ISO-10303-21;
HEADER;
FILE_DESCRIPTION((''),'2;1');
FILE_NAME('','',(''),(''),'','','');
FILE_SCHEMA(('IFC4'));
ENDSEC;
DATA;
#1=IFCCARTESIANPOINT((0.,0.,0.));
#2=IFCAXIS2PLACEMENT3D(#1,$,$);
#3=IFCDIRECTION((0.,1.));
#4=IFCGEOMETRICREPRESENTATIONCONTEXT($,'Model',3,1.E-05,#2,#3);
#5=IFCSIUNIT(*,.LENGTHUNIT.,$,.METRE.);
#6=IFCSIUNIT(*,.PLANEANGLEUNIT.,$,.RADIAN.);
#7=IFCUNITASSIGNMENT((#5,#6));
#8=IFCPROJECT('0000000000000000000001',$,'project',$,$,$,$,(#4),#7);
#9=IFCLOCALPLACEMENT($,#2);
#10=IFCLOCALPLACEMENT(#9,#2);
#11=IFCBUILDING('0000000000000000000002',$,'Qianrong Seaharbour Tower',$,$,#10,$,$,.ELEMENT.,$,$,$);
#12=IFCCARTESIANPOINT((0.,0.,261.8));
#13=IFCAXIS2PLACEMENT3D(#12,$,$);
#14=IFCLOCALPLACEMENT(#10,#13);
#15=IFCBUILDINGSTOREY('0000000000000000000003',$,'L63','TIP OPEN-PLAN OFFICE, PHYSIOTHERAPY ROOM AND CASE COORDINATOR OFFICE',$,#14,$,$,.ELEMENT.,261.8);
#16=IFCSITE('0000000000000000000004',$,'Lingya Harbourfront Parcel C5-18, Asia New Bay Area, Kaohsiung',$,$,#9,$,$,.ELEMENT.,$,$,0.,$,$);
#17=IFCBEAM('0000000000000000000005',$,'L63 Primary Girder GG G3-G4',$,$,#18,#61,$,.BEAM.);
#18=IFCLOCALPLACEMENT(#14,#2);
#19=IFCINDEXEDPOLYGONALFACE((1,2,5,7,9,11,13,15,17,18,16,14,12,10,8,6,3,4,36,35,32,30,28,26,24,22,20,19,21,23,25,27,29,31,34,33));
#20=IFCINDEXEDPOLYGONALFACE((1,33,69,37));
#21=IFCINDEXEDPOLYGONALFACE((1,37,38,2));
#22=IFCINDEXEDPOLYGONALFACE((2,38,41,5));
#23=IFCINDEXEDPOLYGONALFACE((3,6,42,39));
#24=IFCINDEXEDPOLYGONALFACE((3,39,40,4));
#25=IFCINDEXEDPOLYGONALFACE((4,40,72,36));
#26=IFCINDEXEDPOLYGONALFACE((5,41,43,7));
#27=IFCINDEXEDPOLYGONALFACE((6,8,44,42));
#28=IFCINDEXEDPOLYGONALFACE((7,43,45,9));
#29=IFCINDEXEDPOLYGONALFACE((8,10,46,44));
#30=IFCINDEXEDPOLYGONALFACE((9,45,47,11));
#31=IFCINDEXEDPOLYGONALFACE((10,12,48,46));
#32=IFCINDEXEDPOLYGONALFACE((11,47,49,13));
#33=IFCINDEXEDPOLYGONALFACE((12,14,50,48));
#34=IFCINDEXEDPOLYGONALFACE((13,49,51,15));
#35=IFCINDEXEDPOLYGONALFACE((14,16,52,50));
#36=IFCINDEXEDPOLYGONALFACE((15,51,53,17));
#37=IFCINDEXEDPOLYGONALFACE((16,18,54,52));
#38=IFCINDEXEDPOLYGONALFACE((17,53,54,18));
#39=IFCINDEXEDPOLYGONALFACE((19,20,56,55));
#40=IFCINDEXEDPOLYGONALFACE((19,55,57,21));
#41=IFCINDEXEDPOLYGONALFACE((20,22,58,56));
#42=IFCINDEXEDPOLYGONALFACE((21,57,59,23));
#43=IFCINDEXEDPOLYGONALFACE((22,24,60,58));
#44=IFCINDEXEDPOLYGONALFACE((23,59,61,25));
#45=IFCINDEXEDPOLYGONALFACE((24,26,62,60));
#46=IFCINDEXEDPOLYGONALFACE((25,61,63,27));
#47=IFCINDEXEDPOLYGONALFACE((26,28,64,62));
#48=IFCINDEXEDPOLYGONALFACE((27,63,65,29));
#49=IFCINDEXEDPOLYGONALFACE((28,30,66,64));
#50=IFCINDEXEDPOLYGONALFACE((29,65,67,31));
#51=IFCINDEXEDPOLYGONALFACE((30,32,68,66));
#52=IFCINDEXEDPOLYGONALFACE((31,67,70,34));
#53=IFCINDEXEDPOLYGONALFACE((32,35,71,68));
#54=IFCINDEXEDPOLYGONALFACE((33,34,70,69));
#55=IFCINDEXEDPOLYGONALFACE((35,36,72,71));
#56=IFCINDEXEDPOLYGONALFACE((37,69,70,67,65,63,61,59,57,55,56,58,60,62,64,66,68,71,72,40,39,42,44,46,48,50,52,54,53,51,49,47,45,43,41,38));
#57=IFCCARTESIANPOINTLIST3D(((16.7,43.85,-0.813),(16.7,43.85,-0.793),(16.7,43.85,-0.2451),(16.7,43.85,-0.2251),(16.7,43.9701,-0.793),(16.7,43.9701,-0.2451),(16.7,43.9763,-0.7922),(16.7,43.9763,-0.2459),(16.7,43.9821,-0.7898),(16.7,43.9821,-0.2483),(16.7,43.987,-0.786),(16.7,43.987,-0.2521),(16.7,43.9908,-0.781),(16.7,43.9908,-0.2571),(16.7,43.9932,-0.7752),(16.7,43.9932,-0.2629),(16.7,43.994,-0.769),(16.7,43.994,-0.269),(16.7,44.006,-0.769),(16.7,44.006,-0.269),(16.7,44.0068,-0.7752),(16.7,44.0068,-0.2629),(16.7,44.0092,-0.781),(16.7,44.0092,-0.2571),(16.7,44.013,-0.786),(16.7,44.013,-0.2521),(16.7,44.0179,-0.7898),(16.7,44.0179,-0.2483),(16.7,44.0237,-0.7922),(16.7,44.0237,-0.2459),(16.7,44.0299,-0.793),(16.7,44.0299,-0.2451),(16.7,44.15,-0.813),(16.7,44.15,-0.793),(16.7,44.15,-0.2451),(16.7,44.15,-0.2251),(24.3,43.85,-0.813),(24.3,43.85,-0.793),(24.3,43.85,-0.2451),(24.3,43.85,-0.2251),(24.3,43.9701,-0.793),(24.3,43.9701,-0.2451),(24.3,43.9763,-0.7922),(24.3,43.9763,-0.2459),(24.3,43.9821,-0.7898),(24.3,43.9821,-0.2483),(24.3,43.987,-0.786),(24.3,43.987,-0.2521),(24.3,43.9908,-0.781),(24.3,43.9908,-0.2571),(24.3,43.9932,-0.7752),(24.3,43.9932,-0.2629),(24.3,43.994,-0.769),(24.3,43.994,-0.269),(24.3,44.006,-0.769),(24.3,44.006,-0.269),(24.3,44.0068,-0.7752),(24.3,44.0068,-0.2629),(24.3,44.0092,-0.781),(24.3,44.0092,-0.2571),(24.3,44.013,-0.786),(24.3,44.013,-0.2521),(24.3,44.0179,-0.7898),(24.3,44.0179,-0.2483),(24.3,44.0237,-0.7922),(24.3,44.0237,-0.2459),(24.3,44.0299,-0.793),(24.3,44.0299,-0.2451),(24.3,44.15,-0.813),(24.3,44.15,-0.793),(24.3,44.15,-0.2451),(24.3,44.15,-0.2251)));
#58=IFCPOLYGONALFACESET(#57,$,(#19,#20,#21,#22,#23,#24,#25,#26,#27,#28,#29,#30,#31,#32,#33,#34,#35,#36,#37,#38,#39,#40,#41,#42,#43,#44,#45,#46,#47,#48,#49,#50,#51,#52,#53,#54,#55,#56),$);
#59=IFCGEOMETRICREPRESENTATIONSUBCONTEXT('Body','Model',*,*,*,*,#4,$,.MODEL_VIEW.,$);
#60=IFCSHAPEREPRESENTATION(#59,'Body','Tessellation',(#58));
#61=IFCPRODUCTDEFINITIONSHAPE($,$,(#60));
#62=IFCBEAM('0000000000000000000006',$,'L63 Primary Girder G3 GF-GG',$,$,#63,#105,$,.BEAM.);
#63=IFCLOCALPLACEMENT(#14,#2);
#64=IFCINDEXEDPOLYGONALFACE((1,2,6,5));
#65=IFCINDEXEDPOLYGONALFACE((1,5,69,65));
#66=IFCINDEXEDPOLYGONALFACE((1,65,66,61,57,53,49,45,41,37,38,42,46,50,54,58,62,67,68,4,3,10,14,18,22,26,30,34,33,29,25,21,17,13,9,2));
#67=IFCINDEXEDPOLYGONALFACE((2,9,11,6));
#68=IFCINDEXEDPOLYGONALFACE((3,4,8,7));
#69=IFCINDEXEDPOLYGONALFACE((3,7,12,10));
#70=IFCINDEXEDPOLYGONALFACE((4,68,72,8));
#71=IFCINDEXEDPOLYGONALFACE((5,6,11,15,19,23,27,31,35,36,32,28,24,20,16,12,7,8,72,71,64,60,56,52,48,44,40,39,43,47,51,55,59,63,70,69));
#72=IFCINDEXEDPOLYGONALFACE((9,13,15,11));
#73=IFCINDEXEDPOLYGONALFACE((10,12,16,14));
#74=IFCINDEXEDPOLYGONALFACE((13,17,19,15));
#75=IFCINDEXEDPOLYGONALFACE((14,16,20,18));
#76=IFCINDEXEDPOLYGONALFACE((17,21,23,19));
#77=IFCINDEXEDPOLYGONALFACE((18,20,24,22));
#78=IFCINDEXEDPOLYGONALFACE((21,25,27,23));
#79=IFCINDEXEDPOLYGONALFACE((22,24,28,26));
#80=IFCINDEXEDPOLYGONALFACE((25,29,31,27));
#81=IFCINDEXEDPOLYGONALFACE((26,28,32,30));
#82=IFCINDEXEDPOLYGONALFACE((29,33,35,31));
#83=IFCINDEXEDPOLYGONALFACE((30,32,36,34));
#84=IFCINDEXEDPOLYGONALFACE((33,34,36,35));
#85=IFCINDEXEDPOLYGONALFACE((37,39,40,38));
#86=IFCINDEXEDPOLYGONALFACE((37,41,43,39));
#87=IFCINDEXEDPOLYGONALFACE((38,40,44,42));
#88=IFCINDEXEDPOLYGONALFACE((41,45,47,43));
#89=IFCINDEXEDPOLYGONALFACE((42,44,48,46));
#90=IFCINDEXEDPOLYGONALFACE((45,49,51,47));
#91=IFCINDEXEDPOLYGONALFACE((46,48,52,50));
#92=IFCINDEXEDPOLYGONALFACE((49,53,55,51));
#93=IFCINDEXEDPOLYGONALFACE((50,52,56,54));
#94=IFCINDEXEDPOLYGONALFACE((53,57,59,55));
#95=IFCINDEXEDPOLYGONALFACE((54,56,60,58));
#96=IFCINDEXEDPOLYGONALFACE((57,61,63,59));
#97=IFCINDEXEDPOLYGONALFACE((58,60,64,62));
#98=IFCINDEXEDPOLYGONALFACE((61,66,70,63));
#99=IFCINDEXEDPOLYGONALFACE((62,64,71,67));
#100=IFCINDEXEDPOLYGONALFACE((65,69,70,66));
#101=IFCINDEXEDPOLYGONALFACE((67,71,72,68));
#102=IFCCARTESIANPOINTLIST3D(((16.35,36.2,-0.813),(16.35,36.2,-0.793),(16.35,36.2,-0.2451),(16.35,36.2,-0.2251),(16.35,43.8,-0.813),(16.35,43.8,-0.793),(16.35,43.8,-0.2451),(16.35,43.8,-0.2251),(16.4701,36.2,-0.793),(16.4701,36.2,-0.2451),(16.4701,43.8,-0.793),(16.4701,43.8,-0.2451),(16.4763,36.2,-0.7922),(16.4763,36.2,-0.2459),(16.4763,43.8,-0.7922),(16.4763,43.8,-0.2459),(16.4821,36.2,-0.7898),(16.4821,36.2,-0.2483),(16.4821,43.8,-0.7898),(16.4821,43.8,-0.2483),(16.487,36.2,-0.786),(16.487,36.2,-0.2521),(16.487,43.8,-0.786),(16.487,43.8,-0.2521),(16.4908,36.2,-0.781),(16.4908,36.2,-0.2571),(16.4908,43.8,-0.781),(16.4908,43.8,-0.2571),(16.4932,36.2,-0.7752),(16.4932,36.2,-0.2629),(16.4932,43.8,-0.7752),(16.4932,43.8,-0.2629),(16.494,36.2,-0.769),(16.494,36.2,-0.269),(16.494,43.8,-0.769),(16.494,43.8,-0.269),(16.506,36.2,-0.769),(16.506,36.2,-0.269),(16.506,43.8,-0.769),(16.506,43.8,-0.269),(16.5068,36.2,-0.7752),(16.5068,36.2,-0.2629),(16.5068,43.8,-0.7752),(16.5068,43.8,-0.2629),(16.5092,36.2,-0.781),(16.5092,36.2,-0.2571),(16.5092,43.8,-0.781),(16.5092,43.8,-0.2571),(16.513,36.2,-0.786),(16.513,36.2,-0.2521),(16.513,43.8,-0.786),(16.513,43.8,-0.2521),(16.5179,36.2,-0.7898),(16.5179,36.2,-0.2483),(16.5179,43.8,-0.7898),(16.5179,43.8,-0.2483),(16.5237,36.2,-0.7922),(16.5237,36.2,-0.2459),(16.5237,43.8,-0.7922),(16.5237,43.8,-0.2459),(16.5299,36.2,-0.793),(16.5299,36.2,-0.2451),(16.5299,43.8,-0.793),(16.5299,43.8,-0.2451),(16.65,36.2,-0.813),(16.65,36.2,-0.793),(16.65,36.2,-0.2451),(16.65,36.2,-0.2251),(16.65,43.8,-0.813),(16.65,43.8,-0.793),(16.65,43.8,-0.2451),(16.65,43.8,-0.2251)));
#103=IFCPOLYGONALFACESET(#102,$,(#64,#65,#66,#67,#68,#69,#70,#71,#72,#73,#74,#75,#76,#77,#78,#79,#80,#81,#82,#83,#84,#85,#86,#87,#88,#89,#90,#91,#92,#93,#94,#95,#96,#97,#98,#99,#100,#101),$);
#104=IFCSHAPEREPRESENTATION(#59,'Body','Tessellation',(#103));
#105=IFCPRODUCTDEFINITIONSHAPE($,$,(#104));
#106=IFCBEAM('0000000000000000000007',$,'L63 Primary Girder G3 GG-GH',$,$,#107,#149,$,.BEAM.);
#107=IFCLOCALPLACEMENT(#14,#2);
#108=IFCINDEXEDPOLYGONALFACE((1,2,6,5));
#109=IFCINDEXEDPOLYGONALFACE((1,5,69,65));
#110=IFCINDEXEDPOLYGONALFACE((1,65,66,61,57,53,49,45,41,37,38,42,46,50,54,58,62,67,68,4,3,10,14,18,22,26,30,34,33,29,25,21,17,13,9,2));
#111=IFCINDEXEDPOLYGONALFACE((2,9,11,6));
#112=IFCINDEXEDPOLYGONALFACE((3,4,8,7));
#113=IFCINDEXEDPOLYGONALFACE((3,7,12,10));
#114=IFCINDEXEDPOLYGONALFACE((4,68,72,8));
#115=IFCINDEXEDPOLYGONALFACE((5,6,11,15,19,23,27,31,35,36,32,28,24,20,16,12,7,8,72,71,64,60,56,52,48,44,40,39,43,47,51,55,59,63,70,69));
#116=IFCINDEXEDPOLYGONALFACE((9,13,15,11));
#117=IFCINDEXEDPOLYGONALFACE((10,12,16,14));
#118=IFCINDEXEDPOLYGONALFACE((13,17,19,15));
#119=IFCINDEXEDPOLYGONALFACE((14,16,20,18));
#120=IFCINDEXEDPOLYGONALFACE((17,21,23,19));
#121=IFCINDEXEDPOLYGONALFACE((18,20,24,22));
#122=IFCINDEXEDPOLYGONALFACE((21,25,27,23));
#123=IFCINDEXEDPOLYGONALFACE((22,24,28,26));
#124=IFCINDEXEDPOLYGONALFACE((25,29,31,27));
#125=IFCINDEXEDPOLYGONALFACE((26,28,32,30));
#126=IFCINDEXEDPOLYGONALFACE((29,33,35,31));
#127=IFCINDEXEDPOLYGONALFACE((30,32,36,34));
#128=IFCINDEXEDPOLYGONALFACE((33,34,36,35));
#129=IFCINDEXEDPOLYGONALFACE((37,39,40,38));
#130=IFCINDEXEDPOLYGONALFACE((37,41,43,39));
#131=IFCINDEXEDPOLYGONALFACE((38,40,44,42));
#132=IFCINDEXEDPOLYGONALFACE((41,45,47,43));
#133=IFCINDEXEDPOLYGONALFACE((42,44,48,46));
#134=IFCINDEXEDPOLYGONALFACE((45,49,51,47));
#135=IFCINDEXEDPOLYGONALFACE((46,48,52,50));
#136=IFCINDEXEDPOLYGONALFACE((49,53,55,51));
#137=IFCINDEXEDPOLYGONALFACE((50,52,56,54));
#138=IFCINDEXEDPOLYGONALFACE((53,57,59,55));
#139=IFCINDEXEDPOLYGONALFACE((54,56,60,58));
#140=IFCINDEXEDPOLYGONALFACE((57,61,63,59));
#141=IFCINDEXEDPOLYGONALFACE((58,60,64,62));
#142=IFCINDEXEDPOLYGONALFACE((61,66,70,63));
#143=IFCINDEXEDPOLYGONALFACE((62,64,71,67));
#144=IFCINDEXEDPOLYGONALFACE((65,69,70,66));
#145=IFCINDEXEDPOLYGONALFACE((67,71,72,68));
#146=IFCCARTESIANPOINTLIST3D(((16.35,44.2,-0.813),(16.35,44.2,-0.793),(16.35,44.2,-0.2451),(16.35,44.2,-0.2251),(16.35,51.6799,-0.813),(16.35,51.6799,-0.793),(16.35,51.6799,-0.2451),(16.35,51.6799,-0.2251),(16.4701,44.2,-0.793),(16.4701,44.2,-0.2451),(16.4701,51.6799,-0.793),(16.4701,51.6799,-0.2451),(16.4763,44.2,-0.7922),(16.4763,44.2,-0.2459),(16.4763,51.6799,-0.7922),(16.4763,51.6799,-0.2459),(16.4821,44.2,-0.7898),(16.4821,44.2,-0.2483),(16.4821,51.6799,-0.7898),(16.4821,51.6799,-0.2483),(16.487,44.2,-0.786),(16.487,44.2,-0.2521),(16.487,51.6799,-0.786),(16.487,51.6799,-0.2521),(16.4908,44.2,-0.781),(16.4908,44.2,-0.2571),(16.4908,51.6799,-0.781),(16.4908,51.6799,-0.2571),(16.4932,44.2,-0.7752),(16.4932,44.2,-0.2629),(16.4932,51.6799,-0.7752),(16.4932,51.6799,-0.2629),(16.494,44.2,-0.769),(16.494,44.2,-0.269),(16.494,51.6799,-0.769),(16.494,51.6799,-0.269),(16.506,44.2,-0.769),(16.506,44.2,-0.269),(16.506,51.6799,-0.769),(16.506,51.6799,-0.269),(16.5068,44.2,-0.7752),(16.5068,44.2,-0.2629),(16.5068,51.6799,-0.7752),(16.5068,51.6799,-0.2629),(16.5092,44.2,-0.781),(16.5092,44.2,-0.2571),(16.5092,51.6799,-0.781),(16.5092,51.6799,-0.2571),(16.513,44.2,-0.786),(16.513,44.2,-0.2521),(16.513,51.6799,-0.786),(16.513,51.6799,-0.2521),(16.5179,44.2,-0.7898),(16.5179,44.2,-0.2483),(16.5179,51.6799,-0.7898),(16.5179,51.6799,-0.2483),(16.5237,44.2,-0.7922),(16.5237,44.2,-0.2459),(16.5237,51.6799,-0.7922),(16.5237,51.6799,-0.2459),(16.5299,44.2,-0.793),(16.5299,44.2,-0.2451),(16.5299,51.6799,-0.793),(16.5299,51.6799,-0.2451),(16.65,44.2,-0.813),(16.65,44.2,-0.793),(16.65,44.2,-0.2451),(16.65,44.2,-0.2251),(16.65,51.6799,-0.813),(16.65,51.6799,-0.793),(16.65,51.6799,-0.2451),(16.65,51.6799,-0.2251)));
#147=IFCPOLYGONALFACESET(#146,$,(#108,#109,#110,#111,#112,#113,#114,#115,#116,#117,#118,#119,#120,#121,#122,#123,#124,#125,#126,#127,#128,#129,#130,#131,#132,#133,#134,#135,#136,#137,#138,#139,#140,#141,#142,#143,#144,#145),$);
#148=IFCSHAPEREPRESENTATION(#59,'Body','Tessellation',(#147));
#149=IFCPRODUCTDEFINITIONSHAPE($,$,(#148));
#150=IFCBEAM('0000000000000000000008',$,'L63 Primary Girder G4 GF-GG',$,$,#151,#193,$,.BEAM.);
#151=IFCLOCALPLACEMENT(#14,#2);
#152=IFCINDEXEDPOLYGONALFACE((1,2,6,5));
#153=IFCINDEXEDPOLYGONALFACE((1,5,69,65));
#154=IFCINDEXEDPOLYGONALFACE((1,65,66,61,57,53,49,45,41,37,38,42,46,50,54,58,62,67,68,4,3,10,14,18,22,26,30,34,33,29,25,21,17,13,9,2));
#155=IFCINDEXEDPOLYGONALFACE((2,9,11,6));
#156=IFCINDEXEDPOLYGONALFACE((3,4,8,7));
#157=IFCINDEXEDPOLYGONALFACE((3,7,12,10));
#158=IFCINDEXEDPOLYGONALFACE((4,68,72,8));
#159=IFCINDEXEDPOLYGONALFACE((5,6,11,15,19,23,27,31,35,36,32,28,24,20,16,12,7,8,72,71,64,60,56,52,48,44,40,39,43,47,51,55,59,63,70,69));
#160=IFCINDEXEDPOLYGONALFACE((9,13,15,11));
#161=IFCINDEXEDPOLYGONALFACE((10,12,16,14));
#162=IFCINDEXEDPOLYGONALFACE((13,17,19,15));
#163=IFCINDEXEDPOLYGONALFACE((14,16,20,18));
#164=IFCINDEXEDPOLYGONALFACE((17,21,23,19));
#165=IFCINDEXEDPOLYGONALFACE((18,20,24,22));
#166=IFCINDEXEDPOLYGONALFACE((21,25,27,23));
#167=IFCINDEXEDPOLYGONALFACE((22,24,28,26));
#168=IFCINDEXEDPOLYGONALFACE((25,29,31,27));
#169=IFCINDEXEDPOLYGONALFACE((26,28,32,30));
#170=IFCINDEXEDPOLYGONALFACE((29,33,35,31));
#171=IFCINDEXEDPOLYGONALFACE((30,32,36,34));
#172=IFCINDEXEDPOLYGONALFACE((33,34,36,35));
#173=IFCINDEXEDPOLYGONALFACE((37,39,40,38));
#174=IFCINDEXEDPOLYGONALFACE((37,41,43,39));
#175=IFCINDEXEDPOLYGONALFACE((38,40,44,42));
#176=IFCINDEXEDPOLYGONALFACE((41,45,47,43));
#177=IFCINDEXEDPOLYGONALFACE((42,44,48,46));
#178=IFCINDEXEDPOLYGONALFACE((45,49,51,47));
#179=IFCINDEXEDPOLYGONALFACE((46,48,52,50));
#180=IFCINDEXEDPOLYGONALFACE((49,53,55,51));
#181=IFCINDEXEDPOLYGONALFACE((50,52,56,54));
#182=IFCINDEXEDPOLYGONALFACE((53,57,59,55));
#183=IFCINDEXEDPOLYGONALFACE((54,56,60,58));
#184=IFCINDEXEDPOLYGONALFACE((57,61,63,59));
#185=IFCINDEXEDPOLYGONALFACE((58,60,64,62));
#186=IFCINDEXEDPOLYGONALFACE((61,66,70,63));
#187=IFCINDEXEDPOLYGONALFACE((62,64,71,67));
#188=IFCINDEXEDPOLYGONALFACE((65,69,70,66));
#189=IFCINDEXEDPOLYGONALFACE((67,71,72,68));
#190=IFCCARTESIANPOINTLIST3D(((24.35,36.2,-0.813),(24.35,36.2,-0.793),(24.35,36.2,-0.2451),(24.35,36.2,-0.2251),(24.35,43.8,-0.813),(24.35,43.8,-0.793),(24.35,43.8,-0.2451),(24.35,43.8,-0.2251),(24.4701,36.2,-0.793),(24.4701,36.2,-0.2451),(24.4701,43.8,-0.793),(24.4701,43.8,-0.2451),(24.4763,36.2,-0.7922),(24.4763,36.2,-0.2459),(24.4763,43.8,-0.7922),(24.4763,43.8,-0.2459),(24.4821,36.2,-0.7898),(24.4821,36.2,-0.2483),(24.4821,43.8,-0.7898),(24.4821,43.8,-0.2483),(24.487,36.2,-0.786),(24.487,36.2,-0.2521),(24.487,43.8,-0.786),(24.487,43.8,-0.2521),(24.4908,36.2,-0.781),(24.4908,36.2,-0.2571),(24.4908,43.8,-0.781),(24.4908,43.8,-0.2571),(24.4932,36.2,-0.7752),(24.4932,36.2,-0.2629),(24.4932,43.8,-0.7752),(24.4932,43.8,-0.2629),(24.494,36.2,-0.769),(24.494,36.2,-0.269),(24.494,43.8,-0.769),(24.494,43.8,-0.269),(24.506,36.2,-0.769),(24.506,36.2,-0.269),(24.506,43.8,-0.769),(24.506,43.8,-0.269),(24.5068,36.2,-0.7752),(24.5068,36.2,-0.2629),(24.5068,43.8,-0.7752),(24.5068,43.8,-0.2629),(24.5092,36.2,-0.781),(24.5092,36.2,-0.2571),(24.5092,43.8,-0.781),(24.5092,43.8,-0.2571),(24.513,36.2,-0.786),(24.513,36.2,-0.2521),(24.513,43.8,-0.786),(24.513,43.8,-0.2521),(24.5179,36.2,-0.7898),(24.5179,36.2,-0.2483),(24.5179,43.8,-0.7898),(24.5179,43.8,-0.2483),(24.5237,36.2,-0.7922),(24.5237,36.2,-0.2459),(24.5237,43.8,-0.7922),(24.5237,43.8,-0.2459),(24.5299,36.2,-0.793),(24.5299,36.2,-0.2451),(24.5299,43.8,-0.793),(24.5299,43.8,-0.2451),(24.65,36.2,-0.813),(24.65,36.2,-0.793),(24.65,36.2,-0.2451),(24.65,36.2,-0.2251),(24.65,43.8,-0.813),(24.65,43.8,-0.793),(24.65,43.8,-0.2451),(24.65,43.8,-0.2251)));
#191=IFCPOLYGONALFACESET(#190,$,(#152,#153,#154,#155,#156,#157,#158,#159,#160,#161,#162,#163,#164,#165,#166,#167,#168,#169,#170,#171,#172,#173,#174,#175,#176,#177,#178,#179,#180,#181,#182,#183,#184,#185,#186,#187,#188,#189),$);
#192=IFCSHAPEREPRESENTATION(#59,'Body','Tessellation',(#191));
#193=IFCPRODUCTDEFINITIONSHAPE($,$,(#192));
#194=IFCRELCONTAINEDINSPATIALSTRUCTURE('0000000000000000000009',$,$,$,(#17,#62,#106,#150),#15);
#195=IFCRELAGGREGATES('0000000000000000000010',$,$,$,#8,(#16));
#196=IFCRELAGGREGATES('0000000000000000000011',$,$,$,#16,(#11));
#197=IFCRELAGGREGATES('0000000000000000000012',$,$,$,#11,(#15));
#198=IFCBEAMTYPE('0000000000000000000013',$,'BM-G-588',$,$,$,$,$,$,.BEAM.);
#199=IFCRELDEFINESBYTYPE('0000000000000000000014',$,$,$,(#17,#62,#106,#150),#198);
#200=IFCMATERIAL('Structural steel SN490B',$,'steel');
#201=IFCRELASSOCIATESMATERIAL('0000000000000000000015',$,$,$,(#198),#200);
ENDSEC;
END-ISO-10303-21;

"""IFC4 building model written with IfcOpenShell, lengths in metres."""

from ifc_helpers import new_model, si_unit, direction, frame, origin, origin_2d, place, context, subcontext, project, spatial, i_section, extrude, material, material_profile, profile_set, type_object, element, save


model = new_model("IFC4")

# Units and contexts
model_context = context("Model", 3, precision=1e-05, world=origin(), true_north=direction((0.0, 1.0)))
body_context = subcontext(model_context, "Body", "Model", "MODEL_VIEW")
ifc_project = project(units=[si_unit("LENGTHUNIT", "METRE"), si_unit("PLANEANGLEUNIT", "RADIAN")], contexts=[model_context])

# Site, building, storey
site_placement = place(None, origin())
site = spatial("IfcSite", under=ifc_project, at=site_placement, Name="Lingya Harbourfront Parcel C5-18, Asia New Bay Area, Kaohsiung", CompositionType="ELEMENT", RefElevation=0.0)
building_placement = place(site_placement, origin())
building = spatial("IfcBuilding", under=site, at=building_placement, Name="Qianrong Seaharbour Tower", CompositionType="ELEMENT")
storey_placement = place(building_placement, frame((0.0, 0.0, 261.8)))
storey = spatial("IfcBuildingStorey", under=building, at=storey_placement, Name="L63", Description="TIP OPEN-PLAN OFFICE, PHYSIOTHERAPY ROOM AND CASE COORDINATOR OFFICE", CompositionType="ELEMENT", Elevation=261.8)

# Shared definitions
ifc_material_1 = material(Name="Structural steel SN490B", Category="steel")

# Beams
ifc_material_profile_1 = material_profile(ifc_material_1, i_section(OverallWidth=0.3, OverallDepth=0.5879, WebThickness=0.012, FlangeThickness=0.02, FilletRadius=0.0239, at=origin_2d()), Name="H588x300x12x20")
ifc_profile_set_1 = profile_set([ifc_material_profile_1], Name="Structural steel SN490B")
beam_type_1 = type_object("IfcBeamType", Name="BM-G-588", PredefinedType="BEAM", material=ifc_profile_set_1)
for number, where, z_axis, x_axis, name in (
    (1, (16.7, 44.0, -0.519), (1.0, 0.0, 0.0), (0.0, 1.0, 0.0), "L63 Primary Girder GG G3-G4"),
    (2, (16.5, 36.2, -0.519), (0.0, 1.0, 0.0), (-1.0, 0.0, 0.0), "L63 Primary Girder G3 GF-GG"),
):
    element("IfcBeam", number, at=place(storey_placement, frame(where, z_axis=z_axis, x_axis=x_axis)), inside=storey, type_object=beam_type_1, Name=name, PredefinedType="BEAM", context=body_context, shape_type="SweptSolid", body=[
        extrude(i_section(OverallWidth=0.3, OverallDepth=0.5879, WebThickness=0.012, FlangeThickness=0.02, FilletRadius=0.0239, at=origin_2d()), origin(), (0.0, 0.0, 1.0), 7.6001),
    ])
beam_1_placement = place(storey_placement, frame((16.5, 44.2, -0.519), z_axis=(0.0, 1.0, 0.0), x_axis=(-1.0, 0.0, 0.0)))
element("IfcBeam", 3, at=beam_1_placement, inside=storey, type_object=beam_type_1, Name="L63 Primary Girder G3 GG-GH", PredefinedType="BEAM", context=body_context, shape_type="SweptSolid", body=[
    extrude(i_section(OverallWidth=0.3, OverallDepth=0.5879, WebThickness=0.012, FlangeThickness=0.02, FilletRadius=0.0239, at=origin_2d()), origin(), (0.0, 0.0, 1.0), 7.48),
])
beam_2_placement = place(storey_placement, frame((24.5, 36.2, -0.519), z_axis=(0.0, 1.0, 0.0), x_axis=(-1.0, 0.0, 0.0)))
element("IfcBeam", 4, at=beam_2_placement, inside=storey, type_object=beam_type_1, Name="L63 Primary Girder G4 GF-GG", PredefinedType="BEAM", context=body_context, shape_type="SweptSolid", body=[
    extrude(i_section(OverallWidth=0.3, OverallDepth=0.5879, WebThickness=0.012, FlangeThickness=0.02, FilletRadius=0.0239, at=origin_2d()), origin(), (0.0, 0.0, 1.0), 7.6001),
])

save(model, "model.ifc")
